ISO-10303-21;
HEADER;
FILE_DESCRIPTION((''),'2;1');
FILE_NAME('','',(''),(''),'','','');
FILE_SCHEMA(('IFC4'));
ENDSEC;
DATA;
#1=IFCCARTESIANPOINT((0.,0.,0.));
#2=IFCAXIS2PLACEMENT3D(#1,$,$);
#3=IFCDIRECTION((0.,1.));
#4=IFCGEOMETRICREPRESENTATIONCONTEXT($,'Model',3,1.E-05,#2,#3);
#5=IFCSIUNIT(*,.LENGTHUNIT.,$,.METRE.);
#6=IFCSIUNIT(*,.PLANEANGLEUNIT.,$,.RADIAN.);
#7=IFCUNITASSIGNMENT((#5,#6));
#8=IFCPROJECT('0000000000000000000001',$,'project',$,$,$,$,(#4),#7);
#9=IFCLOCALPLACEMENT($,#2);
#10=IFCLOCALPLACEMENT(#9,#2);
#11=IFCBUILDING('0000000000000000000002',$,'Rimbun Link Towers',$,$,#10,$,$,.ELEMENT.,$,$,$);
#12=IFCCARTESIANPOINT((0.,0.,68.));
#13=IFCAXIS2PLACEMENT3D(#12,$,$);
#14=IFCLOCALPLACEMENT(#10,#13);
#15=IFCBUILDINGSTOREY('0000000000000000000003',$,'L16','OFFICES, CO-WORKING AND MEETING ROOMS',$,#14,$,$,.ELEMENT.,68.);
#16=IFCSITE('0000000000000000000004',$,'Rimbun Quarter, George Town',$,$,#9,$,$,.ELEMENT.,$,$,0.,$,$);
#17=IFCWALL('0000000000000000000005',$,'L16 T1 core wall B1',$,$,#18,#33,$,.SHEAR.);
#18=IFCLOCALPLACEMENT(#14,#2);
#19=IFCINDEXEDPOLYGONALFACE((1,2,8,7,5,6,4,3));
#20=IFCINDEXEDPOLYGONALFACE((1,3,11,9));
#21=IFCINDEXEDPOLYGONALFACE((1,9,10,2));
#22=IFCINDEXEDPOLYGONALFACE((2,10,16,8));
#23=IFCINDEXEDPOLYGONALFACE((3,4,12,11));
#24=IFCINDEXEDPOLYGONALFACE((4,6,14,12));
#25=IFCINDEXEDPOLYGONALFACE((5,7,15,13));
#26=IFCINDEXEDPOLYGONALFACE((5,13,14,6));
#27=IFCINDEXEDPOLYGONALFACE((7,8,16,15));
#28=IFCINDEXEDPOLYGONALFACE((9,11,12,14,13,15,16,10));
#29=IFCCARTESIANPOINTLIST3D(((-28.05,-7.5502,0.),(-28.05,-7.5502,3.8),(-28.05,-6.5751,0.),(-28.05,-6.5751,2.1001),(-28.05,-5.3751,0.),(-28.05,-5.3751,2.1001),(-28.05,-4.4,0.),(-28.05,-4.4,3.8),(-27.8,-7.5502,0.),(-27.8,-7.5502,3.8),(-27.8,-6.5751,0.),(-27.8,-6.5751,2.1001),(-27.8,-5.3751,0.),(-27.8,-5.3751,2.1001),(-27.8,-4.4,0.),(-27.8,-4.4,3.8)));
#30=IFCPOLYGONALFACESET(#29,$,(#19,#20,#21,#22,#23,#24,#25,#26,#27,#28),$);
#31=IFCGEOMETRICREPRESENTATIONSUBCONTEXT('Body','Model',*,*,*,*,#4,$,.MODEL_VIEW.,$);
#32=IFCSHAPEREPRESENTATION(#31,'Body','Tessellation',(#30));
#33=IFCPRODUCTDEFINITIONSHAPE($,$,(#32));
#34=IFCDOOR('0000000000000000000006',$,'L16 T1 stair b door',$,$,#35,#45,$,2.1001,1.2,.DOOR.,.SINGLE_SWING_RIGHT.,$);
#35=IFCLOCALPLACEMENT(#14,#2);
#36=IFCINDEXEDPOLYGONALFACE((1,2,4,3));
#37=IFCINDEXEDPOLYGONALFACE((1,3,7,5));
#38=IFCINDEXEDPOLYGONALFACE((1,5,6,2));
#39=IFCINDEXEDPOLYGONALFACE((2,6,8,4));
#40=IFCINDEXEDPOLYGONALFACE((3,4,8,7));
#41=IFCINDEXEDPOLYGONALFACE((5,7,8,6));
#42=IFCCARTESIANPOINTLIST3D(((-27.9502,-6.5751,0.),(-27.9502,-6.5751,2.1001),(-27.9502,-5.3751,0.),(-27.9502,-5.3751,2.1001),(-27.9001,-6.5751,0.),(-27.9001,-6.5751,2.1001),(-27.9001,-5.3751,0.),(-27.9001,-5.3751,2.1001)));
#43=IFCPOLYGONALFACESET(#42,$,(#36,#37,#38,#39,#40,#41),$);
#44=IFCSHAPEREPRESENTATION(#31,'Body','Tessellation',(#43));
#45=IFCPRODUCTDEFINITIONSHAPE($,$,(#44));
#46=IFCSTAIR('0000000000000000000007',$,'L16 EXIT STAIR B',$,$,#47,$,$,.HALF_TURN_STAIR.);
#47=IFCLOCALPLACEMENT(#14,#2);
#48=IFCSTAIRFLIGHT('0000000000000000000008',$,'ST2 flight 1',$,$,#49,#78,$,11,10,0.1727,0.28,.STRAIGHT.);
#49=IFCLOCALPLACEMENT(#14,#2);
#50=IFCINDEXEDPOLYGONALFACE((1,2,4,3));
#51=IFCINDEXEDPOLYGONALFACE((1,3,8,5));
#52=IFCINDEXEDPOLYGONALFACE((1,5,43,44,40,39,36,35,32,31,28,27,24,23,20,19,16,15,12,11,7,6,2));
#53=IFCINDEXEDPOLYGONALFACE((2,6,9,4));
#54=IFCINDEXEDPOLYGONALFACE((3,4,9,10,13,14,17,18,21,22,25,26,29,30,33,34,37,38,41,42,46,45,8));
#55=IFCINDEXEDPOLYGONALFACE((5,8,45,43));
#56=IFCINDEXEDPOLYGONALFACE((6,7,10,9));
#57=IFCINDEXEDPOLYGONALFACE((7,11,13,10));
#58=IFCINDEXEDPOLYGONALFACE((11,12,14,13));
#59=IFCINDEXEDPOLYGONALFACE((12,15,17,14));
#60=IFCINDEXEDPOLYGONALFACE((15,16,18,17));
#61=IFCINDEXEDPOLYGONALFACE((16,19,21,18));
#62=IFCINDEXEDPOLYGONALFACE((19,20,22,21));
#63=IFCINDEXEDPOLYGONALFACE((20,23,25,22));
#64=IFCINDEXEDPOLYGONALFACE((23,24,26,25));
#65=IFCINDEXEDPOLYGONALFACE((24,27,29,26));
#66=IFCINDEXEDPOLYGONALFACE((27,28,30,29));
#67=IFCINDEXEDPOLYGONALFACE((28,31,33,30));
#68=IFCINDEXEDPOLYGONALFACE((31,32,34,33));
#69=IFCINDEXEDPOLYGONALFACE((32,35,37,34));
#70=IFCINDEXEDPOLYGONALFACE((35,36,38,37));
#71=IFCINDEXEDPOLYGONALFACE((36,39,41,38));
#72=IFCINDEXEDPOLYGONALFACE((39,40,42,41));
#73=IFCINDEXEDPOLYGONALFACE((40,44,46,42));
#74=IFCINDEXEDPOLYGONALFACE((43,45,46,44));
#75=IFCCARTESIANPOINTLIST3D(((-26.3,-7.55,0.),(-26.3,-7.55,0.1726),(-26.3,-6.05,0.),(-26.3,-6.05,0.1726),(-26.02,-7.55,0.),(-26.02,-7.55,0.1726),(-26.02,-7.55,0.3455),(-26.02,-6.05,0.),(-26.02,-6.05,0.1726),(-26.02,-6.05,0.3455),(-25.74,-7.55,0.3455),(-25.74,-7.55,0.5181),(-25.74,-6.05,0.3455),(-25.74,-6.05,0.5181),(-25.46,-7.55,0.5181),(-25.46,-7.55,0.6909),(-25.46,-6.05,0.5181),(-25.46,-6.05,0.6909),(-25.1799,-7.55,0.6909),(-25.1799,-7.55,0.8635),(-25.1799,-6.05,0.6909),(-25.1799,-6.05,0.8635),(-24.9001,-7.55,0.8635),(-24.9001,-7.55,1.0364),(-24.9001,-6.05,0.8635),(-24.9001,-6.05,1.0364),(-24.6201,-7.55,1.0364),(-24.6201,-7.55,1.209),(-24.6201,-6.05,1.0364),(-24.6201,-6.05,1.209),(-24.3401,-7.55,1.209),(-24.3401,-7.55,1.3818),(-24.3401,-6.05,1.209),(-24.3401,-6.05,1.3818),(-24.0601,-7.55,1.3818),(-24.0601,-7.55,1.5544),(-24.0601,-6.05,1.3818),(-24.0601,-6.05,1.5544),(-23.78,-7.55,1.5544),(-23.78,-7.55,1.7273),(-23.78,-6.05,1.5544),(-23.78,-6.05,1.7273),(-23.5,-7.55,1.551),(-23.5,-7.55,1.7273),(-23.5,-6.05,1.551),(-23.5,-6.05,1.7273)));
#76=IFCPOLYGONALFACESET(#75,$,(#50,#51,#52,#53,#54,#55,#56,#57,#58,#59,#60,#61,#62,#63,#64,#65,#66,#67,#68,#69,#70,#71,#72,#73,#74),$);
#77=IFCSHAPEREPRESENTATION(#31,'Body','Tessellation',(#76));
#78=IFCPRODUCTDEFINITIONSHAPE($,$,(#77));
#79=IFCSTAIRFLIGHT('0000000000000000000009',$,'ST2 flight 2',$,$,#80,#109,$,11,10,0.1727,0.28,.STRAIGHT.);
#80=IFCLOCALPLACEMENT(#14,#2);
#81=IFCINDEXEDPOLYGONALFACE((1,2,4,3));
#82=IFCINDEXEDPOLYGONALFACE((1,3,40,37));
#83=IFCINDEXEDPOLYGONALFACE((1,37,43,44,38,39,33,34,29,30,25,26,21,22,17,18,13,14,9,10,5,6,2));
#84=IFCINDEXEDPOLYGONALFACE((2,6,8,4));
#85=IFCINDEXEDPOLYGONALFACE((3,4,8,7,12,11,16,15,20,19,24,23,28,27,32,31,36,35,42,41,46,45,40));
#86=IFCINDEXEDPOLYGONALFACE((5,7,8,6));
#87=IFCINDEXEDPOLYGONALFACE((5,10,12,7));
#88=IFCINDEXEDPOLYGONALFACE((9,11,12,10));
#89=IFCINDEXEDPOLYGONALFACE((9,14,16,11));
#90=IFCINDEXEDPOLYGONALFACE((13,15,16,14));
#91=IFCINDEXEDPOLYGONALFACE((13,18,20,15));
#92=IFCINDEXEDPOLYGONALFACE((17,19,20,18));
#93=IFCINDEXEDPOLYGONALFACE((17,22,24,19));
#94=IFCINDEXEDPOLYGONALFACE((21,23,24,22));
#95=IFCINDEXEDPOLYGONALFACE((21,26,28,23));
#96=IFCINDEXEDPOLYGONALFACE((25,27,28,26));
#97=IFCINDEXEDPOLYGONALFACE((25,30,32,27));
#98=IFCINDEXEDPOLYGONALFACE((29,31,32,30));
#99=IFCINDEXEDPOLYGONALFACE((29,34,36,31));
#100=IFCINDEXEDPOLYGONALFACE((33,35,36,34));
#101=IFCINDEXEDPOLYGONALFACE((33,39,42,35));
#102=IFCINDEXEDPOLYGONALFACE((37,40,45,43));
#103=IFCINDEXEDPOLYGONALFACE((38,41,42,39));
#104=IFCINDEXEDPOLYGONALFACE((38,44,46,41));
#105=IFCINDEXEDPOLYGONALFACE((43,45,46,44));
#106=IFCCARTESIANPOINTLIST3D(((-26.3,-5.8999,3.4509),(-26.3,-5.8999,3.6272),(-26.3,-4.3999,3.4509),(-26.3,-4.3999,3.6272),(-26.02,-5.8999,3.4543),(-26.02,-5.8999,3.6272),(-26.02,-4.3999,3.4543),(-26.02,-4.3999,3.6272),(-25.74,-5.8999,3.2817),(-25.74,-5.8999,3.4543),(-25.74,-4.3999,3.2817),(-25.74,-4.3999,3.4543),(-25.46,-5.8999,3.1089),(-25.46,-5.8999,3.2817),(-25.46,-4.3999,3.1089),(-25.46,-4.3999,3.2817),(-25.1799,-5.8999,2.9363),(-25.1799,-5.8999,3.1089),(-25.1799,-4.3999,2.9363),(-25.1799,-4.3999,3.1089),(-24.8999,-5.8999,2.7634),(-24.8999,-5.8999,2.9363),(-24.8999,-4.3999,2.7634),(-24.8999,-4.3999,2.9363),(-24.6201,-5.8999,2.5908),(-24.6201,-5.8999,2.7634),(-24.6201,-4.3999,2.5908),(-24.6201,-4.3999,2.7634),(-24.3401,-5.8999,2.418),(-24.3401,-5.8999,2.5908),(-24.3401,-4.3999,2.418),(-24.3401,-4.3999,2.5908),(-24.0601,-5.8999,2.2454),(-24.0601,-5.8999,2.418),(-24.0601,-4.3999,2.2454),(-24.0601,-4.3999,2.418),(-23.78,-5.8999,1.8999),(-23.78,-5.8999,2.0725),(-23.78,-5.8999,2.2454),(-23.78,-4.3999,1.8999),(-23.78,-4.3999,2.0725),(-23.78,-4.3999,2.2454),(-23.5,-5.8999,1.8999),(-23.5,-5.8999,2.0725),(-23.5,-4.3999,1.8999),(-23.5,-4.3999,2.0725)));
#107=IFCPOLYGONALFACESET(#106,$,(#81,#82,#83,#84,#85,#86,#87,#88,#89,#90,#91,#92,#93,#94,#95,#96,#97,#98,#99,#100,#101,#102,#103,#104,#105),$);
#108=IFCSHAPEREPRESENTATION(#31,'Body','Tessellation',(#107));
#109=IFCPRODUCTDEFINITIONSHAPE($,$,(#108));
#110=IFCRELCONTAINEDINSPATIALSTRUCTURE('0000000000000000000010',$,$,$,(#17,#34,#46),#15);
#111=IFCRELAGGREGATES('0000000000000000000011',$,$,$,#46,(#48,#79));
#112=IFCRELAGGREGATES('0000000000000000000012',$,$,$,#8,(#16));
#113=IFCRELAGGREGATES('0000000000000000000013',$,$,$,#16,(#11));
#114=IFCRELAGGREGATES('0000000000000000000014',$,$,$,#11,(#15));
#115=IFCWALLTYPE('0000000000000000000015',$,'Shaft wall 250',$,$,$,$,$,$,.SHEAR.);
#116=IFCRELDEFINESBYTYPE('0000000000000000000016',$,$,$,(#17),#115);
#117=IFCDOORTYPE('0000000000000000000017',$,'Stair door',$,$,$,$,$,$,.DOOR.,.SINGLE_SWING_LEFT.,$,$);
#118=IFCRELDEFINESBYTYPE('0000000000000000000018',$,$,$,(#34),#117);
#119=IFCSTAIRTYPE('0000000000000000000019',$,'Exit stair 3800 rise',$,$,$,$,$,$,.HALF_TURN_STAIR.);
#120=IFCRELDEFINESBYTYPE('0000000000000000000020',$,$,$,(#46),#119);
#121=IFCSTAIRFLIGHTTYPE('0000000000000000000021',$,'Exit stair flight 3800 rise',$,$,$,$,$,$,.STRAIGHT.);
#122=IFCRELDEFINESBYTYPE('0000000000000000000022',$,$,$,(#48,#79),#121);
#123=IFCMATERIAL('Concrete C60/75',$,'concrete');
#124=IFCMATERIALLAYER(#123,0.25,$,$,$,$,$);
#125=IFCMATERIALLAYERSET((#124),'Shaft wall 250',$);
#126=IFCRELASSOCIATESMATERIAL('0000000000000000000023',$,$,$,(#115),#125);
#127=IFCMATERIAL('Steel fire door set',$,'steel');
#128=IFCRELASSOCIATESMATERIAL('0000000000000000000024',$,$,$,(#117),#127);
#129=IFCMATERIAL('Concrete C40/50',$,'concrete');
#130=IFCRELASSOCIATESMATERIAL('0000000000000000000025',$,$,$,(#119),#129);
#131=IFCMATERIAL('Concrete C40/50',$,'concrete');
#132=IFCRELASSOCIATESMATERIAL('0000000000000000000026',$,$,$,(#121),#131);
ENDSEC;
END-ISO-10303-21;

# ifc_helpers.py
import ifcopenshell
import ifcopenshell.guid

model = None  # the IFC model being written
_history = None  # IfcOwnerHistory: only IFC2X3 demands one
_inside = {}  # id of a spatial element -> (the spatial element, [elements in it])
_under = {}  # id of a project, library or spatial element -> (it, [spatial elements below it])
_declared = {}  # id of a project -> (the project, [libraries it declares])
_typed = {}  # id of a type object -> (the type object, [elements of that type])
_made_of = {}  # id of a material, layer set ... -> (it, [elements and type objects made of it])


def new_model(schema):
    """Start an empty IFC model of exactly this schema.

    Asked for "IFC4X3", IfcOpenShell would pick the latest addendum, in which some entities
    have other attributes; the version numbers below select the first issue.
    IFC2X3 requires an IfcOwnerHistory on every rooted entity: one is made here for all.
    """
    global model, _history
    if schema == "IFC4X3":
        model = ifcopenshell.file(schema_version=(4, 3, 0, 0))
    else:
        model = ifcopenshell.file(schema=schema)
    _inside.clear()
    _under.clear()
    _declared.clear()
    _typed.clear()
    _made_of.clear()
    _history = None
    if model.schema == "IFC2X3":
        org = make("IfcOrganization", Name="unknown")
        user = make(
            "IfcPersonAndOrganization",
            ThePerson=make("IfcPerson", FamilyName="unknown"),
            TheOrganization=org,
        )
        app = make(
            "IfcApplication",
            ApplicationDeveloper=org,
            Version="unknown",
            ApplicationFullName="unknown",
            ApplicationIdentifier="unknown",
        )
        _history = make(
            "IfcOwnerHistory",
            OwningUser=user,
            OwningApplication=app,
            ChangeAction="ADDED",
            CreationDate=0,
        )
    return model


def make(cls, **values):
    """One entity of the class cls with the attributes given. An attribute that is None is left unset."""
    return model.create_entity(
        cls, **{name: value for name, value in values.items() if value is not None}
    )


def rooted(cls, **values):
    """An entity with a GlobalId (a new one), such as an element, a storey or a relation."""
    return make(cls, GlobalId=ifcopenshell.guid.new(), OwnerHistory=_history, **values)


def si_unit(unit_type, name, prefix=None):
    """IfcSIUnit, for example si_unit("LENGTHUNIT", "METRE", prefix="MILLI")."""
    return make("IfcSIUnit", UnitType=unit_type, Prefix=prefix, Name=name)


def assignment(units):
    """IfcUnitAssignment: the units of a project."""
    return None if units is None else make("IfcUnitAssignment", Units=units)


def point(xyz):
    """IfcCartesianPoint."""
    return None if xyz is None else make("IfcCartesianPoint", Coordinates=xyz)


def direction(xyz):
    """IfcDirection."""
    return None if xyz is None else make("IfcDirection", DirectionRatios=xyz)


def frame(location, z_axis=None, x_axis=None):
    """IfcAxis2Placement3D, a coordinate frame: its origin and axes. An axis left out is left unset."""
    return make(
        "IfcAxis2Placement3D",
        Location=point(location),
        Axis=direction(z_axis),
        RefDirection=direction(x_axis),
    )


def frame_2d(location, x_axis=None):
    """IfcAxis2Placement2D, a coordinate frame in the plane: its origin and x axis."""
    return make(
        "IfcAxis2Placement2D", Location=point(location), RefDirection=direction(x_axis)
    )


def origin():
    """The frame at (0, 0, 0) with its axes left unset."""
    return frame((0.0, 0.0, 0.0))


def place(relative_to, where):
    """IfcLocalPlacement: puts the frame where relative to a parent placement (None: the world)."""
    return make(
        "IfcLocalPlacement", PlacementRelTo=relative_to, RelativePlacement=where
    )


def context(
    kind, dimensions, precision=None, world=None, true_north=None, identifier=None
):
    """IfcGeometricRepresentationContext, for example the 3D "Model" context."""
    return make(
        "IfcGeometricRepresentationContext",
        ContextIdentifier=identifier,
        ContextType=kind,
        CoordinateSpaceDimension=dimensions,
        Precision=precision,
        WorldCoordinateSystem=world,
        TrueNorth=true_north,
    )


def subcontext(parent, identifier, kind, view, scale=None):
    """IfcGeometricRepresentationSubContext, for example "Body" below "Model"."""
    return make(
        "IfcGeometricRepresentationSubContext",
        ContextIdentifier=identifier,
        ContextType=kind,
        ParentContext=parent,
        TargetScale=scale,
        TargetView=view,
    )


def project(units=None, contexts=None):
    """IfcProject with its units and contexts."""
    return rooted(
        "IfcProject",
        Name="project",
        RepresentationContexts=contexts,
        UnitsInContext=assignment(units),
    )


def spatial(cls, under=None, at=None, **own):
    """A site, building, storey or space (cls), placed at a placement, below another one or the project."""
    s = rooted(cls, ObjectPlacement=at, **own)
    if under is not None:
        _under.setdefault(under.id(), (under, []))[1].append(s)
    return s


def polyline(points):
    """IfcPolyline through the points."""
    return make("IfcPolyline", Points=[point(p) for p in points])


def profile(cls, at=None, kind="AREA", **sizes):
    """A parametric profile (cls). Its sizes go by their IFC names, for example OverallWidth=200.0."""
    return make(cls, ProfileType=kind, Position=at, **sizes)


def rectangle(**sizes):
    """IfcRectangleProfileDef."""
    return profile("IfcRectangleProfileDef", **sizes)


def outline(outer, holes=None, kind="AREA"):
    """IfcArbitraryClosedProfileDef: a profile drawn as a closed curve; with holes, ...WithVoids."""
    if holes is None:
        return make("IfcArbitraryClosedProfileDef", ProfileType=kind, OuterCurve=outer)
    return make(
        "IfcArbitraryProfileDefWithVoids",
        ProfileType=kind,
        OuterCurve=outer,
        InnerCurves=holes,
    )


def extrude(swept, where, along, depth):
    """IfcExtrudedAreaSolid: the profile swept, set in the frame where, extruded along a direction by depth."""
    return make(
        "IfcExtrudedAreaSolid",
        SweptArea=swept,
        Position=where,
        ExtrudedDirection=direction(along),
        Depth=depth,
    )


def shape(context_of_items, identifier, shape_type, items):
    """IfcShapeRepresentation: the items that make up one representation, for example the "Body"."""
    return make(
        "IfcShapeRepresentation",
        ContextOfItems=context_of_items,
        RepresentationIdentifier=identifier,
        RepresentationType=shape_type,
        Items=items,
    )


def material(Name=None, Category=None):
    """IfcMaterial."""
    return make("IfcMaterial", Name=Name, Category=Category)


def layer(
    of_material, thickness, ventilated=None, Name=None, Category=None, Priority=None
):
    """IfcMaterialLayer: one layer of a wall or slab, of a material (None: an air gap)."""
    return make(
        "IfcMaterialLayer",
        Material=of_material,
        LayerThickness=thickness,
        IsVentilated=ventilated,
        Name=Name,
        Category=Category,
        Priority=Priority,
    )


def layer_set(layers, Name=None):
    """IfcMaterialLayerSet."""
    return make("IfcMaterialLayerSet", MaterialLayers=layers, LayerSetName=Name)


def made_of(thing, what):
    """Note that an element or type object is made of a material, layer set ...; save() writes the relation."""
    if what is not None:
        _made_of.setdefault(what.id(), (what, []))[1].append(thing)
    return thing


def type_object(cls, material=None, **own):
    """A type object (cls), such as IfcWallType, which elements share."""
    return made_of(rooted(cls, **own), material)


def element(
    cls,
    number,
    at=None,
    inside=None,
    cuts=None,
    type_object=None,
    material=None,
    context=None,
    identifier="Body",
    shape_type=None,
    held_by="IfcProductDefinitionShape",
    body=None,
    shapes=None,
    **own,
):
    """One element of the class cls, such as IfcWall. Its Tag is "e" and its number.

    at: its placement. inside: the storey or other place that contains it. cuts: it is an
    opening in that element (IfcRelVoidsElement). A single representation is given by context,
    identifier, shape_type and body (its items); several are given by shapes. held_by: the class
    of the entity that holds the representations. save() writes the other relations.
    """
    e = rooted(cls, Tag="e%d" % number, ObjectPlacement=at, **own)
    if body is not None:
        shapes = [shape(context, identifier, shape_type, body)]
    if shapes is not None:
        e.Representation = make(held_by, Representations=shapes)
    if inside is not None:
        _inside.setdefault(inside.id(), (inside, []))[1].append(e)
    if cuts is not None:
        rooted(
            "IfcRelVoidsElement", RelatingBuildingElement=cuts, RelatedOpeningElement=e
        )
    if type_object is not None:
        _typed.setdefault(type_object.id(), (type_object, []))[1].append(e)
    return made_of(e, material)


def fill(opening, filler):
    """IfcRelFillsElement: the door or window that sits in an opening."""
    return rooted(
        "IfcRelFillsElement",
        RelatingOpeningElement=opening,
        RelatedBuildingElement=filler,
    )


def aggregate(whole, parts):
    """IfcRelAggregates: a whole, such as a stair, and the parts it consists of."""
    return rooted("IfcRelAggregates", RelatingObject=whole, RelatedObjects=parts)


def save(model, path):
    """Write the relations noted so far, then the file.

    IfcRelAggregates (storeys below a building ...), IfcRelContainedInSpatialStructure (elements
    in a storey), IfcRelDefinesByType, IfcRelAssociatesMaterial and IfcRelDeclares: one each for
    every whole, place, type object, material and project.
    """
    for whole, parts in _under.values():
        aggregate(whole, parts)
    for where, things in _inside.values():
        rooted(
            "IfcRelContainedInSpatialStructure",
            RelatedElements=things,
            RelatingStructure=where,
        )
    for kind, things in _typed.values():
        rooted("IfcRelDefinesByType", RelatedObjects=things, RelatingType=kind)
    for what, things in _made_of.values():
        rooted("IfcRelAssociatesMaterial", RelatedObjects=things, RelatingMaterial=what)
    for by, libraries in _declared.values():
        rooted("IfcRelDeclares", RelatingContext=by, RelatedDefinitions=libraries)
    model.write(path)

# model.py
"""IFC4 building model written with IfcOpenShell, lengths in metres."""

from ifc_helpers import new_model, si_unit, direction, frame, frame_2d, origin, place, context, subcontext, project, spatial, polyline, rectangle, outline, extrude, material, layer, layer_set, type_object, element, fill, aggregate, save


model = new_model("IFC4")

# Units and contexts
model_context = context("Model", 3, precision=1e-05, world=origin(), true_north=direction((0.0, 1.0)))
body_context = subcontext(model_context, "Body", "Model", "MODEL_VIEW")
ifc_project = project(units=[si_unit("LENGTHUNIT", "METRE"), si_unit("PLANEANGLEUNIT", "RADIAN")], contexts=[model_context])

# Site, building, storey
site_placement = place(None, origin())
site = spatial("IfcSite", under=ifc_project, at=site_placement, Name="Rimbun Quarter, George Town", CompositionType="ELEMENT", RefElevation=0.0)
building_placement = place(site_placement, origin())
building = spatial("IfcBuilding", under=site, at=building_placement, Name="Rimbun Link Towers", CompositionType="ELEMENT")
storey_placement = place(building_placement, frame((0.0, 0.0, 68.0)))
storey = spatial("IfcBuildingStorey", under=building, at=storey_placement, Name="L16", Description="OFFICES, CO-WORKING AND MEETING ROOMS", CompositionType="ELEMENT", Elevation=68.0)

# Shared definitions
ifc_material_1 = material(Name="Concrete C60/75", Category="concrete")
ifc_layer_1 = layer(ifc_material_1, 0.25)
ifc_layer_set_1 = layer_set([ifc_layer_1], Name="Shaft wall 250")
wall_type_1 = type_object("IfcWallType", Name="Shaft wall 250", PredefinedType="SHEAR", material=ifc_layer_set_1)

# Wall, opening, door
wall_1_placement = place(storey_placement, frame((-27.925, -4.3999, 0.0), z_axis=(0.0, 0.0, 1.0), x_axis=(0.0, -1.0, 0.0)))
wall_1 = element("IfcWall", 1, at=wall_1_placement, inside=storey, type_object=wall_type_1, Name="L16 T1 core wall B1", PredefinedType="SHEAR", context=body_context, shape_type="SweptSolid", body=[
    extrude(rectangle(XDim=3.1501, YDim=0.25, at=frame_2d((1.5752, 0.0))), origin(), (0.0, 0.0, 1.0), 3.8),
])
opening_1_placement = place(wall_1_placement, frame((0.9751, 0.0, 0.0)))
opening_1 = element("IfcOpeningElement", 2, at=opening_1_placement, cuts=wall_1, PredefinedType="OPENING", context=body_context, shape_type="SweptSolid", body=[
    extrude(rectangle(XDim=1.2, YDim=2.1001, at=frame_2d((0.6001, 1.05))), frame((0.0, 0.135, 0.0), z_axis=(0.0, -1.0, 0.0), x_axis=(1.0, 0.0, 0.0)), (0.0, 0.0, 1.0), 0.27),
])
ifc_material_2 = material(Name="Steel fire door set", Category="steel")
door_type_1 = type_object("IfcDoorType", Name="Stair door", OperationType="SINGLE_SWING_LEFT", PredefinedType="DOOR", material=ifc_material_2)
door_1_placement = place(opening_1_placement, origin())
door_1 = element("IfcDoor", 3, at=door_1_placement, inside=storey, type_object=door_type_1, Name="L16 T1 stair b door", OperationType="SINGLE_SWING_RIGHT", OverallHeight=2.1001, OverallWidth=1.2, PredefinedType="DOOR", context=body_context, shape_type="SweptSolid", body=[
    extrude(rectangle(XDim=1.2, YDim=2.1001, at=frame_2d((0.6001, 1.05))), frame((0.0, 0.0249, 0.0), z_axis=(0.0, -1.0, 0.0), x_axis=(1.0, 0.0, 0.0)), (0.0, 0.0, 1.0), 0.05),
])
fill(opening_1, door_1)

# Stair, stair flights
ifc_material_3 = material(Name="Concrete C40/50", Category="concrete")
stair_type = type_object("IfcStairType", Name="Exit stair 3800 rise", PredefinedType="HALF_TURN_STAIR", material=ifc_material_3)
stair_placement = place(storey_placement, origin())
stair = element("IfcStair", 4, at=stair_placement, inside=storey, type_object=stair_type, Name="L16 EXIT STAIR B", PredefinedType="HALF_TURN_STAIR")
ifc_material_4 = material(Name="Concrete C40/50", Category="concrete")
stair_flight_type = type_object("IfcStairFlightType", Name="Exit stair flight 3800 rise", PredefinedType="STRAIGHT", material=ifc_material_4)
stair_flight_1_placement = place(storey_placement, frame((-26.3, -6.8, 0.0), z_axis=(0.0, 0.0, 1.0), x_axis=(1.0, 0.0, 0.0)))
stair_flight_1 = element("IfcStairFlight", 5, at=stair_flight_1_placement, type_object=stair_flight_type, Name="ST2 flight 1", NumberOfRisers=11, NumberOfTreads=10, PredefinedType="STRAIGHT", RiserHeight=0.1727, TreadLength=0.28, context=body_context, shape_type="SweptSolid", body=[
    extrude(outline(polyline([(0.0, 0.0), (0.0, 0.1726), (0.28, 0.1726), (0.28, 0.3455), (0.5601, 0.3455), (0.5601, 0.5181), (0.8401, 0.5181), (0.8401, 0.6909), (1.1201, 0.6909), (1.1201, 0.8635), (1.3999, 0.8635), (1.3999, 1.0364), (1.6799, 1.0364), (1.6799, 1.209), (1.96, 1.209), (1.96, 1.3818), (2.24, 1.3818), (2.24, 1.5544), (2.52, 1.5544), (2.52, 1.7273), (2.8, 1.7273), (2.8, 1.8999), (2.8, 1.551), (0.28, 0.0), (0.0, 0.0)])), frame((0.0, 0.75, 0.0), z_axis=(0.0, -1.0, 0.0), x_axis=(1.0, 0.0, 0.0)), (0.0, 0.0, 1.0), 1.5),
])
stair_flight_2_placement = place(storey_placement, frame((-23.5, -5.1499, 1.8999), z_axis=(0.0, 0.0, 1.0), x_axis=(-1.0, 0.0, 0.0)))
stair_flight_2 = element("IfcStairFlight", 6, at=stair_flight_2_placement, type_object=stair_flight_type, Name="ST2 flight 2", NumberOfRisers=11, NumberOfTreads=10, PredefinedType="STRAIGHT", RiserHeight=0.1727, TreadLength=0.28, context=body_context, shape_type="SweptSolid", body=[
    extrude(outline(polyline([(0.0, 0.0), (0.0, 0.1726), (0.28, 0.1726), (0.28, 0.3455), (0.5601, 0.3455), (0.5601, 0.5181), (0.8401, 0.5181), (0.8401, 0.6909), (1.1201, 0.6909), (1.1201, 0.8635), (1.3999, 0.8635), (1.3999, 1.0364), (1.6799, 1.0364), (1.6799, 1.209), (1.96, 1.209), (1.96, 1.3818), (2.24, 1.3818), (2.24, 1.5544), (2.52, 1.5544), (2.52, 1.7273), (2.8, 1.7273), (2.8, 1.8999), (2.8, 1.551), (0.28, 0.0), (0.0, 0.0)])), frame((0.0, 0.75, 0.0), z_axis=(0.0, -1.0, 0.0), x_axis=(1.0, 0.0, 0.0)), (0.0, 0.0, 1.0), 1.5),
])
aggregate(stair, [stair_flight_1, stair_flight_2])

save(model, "model.ifc")
